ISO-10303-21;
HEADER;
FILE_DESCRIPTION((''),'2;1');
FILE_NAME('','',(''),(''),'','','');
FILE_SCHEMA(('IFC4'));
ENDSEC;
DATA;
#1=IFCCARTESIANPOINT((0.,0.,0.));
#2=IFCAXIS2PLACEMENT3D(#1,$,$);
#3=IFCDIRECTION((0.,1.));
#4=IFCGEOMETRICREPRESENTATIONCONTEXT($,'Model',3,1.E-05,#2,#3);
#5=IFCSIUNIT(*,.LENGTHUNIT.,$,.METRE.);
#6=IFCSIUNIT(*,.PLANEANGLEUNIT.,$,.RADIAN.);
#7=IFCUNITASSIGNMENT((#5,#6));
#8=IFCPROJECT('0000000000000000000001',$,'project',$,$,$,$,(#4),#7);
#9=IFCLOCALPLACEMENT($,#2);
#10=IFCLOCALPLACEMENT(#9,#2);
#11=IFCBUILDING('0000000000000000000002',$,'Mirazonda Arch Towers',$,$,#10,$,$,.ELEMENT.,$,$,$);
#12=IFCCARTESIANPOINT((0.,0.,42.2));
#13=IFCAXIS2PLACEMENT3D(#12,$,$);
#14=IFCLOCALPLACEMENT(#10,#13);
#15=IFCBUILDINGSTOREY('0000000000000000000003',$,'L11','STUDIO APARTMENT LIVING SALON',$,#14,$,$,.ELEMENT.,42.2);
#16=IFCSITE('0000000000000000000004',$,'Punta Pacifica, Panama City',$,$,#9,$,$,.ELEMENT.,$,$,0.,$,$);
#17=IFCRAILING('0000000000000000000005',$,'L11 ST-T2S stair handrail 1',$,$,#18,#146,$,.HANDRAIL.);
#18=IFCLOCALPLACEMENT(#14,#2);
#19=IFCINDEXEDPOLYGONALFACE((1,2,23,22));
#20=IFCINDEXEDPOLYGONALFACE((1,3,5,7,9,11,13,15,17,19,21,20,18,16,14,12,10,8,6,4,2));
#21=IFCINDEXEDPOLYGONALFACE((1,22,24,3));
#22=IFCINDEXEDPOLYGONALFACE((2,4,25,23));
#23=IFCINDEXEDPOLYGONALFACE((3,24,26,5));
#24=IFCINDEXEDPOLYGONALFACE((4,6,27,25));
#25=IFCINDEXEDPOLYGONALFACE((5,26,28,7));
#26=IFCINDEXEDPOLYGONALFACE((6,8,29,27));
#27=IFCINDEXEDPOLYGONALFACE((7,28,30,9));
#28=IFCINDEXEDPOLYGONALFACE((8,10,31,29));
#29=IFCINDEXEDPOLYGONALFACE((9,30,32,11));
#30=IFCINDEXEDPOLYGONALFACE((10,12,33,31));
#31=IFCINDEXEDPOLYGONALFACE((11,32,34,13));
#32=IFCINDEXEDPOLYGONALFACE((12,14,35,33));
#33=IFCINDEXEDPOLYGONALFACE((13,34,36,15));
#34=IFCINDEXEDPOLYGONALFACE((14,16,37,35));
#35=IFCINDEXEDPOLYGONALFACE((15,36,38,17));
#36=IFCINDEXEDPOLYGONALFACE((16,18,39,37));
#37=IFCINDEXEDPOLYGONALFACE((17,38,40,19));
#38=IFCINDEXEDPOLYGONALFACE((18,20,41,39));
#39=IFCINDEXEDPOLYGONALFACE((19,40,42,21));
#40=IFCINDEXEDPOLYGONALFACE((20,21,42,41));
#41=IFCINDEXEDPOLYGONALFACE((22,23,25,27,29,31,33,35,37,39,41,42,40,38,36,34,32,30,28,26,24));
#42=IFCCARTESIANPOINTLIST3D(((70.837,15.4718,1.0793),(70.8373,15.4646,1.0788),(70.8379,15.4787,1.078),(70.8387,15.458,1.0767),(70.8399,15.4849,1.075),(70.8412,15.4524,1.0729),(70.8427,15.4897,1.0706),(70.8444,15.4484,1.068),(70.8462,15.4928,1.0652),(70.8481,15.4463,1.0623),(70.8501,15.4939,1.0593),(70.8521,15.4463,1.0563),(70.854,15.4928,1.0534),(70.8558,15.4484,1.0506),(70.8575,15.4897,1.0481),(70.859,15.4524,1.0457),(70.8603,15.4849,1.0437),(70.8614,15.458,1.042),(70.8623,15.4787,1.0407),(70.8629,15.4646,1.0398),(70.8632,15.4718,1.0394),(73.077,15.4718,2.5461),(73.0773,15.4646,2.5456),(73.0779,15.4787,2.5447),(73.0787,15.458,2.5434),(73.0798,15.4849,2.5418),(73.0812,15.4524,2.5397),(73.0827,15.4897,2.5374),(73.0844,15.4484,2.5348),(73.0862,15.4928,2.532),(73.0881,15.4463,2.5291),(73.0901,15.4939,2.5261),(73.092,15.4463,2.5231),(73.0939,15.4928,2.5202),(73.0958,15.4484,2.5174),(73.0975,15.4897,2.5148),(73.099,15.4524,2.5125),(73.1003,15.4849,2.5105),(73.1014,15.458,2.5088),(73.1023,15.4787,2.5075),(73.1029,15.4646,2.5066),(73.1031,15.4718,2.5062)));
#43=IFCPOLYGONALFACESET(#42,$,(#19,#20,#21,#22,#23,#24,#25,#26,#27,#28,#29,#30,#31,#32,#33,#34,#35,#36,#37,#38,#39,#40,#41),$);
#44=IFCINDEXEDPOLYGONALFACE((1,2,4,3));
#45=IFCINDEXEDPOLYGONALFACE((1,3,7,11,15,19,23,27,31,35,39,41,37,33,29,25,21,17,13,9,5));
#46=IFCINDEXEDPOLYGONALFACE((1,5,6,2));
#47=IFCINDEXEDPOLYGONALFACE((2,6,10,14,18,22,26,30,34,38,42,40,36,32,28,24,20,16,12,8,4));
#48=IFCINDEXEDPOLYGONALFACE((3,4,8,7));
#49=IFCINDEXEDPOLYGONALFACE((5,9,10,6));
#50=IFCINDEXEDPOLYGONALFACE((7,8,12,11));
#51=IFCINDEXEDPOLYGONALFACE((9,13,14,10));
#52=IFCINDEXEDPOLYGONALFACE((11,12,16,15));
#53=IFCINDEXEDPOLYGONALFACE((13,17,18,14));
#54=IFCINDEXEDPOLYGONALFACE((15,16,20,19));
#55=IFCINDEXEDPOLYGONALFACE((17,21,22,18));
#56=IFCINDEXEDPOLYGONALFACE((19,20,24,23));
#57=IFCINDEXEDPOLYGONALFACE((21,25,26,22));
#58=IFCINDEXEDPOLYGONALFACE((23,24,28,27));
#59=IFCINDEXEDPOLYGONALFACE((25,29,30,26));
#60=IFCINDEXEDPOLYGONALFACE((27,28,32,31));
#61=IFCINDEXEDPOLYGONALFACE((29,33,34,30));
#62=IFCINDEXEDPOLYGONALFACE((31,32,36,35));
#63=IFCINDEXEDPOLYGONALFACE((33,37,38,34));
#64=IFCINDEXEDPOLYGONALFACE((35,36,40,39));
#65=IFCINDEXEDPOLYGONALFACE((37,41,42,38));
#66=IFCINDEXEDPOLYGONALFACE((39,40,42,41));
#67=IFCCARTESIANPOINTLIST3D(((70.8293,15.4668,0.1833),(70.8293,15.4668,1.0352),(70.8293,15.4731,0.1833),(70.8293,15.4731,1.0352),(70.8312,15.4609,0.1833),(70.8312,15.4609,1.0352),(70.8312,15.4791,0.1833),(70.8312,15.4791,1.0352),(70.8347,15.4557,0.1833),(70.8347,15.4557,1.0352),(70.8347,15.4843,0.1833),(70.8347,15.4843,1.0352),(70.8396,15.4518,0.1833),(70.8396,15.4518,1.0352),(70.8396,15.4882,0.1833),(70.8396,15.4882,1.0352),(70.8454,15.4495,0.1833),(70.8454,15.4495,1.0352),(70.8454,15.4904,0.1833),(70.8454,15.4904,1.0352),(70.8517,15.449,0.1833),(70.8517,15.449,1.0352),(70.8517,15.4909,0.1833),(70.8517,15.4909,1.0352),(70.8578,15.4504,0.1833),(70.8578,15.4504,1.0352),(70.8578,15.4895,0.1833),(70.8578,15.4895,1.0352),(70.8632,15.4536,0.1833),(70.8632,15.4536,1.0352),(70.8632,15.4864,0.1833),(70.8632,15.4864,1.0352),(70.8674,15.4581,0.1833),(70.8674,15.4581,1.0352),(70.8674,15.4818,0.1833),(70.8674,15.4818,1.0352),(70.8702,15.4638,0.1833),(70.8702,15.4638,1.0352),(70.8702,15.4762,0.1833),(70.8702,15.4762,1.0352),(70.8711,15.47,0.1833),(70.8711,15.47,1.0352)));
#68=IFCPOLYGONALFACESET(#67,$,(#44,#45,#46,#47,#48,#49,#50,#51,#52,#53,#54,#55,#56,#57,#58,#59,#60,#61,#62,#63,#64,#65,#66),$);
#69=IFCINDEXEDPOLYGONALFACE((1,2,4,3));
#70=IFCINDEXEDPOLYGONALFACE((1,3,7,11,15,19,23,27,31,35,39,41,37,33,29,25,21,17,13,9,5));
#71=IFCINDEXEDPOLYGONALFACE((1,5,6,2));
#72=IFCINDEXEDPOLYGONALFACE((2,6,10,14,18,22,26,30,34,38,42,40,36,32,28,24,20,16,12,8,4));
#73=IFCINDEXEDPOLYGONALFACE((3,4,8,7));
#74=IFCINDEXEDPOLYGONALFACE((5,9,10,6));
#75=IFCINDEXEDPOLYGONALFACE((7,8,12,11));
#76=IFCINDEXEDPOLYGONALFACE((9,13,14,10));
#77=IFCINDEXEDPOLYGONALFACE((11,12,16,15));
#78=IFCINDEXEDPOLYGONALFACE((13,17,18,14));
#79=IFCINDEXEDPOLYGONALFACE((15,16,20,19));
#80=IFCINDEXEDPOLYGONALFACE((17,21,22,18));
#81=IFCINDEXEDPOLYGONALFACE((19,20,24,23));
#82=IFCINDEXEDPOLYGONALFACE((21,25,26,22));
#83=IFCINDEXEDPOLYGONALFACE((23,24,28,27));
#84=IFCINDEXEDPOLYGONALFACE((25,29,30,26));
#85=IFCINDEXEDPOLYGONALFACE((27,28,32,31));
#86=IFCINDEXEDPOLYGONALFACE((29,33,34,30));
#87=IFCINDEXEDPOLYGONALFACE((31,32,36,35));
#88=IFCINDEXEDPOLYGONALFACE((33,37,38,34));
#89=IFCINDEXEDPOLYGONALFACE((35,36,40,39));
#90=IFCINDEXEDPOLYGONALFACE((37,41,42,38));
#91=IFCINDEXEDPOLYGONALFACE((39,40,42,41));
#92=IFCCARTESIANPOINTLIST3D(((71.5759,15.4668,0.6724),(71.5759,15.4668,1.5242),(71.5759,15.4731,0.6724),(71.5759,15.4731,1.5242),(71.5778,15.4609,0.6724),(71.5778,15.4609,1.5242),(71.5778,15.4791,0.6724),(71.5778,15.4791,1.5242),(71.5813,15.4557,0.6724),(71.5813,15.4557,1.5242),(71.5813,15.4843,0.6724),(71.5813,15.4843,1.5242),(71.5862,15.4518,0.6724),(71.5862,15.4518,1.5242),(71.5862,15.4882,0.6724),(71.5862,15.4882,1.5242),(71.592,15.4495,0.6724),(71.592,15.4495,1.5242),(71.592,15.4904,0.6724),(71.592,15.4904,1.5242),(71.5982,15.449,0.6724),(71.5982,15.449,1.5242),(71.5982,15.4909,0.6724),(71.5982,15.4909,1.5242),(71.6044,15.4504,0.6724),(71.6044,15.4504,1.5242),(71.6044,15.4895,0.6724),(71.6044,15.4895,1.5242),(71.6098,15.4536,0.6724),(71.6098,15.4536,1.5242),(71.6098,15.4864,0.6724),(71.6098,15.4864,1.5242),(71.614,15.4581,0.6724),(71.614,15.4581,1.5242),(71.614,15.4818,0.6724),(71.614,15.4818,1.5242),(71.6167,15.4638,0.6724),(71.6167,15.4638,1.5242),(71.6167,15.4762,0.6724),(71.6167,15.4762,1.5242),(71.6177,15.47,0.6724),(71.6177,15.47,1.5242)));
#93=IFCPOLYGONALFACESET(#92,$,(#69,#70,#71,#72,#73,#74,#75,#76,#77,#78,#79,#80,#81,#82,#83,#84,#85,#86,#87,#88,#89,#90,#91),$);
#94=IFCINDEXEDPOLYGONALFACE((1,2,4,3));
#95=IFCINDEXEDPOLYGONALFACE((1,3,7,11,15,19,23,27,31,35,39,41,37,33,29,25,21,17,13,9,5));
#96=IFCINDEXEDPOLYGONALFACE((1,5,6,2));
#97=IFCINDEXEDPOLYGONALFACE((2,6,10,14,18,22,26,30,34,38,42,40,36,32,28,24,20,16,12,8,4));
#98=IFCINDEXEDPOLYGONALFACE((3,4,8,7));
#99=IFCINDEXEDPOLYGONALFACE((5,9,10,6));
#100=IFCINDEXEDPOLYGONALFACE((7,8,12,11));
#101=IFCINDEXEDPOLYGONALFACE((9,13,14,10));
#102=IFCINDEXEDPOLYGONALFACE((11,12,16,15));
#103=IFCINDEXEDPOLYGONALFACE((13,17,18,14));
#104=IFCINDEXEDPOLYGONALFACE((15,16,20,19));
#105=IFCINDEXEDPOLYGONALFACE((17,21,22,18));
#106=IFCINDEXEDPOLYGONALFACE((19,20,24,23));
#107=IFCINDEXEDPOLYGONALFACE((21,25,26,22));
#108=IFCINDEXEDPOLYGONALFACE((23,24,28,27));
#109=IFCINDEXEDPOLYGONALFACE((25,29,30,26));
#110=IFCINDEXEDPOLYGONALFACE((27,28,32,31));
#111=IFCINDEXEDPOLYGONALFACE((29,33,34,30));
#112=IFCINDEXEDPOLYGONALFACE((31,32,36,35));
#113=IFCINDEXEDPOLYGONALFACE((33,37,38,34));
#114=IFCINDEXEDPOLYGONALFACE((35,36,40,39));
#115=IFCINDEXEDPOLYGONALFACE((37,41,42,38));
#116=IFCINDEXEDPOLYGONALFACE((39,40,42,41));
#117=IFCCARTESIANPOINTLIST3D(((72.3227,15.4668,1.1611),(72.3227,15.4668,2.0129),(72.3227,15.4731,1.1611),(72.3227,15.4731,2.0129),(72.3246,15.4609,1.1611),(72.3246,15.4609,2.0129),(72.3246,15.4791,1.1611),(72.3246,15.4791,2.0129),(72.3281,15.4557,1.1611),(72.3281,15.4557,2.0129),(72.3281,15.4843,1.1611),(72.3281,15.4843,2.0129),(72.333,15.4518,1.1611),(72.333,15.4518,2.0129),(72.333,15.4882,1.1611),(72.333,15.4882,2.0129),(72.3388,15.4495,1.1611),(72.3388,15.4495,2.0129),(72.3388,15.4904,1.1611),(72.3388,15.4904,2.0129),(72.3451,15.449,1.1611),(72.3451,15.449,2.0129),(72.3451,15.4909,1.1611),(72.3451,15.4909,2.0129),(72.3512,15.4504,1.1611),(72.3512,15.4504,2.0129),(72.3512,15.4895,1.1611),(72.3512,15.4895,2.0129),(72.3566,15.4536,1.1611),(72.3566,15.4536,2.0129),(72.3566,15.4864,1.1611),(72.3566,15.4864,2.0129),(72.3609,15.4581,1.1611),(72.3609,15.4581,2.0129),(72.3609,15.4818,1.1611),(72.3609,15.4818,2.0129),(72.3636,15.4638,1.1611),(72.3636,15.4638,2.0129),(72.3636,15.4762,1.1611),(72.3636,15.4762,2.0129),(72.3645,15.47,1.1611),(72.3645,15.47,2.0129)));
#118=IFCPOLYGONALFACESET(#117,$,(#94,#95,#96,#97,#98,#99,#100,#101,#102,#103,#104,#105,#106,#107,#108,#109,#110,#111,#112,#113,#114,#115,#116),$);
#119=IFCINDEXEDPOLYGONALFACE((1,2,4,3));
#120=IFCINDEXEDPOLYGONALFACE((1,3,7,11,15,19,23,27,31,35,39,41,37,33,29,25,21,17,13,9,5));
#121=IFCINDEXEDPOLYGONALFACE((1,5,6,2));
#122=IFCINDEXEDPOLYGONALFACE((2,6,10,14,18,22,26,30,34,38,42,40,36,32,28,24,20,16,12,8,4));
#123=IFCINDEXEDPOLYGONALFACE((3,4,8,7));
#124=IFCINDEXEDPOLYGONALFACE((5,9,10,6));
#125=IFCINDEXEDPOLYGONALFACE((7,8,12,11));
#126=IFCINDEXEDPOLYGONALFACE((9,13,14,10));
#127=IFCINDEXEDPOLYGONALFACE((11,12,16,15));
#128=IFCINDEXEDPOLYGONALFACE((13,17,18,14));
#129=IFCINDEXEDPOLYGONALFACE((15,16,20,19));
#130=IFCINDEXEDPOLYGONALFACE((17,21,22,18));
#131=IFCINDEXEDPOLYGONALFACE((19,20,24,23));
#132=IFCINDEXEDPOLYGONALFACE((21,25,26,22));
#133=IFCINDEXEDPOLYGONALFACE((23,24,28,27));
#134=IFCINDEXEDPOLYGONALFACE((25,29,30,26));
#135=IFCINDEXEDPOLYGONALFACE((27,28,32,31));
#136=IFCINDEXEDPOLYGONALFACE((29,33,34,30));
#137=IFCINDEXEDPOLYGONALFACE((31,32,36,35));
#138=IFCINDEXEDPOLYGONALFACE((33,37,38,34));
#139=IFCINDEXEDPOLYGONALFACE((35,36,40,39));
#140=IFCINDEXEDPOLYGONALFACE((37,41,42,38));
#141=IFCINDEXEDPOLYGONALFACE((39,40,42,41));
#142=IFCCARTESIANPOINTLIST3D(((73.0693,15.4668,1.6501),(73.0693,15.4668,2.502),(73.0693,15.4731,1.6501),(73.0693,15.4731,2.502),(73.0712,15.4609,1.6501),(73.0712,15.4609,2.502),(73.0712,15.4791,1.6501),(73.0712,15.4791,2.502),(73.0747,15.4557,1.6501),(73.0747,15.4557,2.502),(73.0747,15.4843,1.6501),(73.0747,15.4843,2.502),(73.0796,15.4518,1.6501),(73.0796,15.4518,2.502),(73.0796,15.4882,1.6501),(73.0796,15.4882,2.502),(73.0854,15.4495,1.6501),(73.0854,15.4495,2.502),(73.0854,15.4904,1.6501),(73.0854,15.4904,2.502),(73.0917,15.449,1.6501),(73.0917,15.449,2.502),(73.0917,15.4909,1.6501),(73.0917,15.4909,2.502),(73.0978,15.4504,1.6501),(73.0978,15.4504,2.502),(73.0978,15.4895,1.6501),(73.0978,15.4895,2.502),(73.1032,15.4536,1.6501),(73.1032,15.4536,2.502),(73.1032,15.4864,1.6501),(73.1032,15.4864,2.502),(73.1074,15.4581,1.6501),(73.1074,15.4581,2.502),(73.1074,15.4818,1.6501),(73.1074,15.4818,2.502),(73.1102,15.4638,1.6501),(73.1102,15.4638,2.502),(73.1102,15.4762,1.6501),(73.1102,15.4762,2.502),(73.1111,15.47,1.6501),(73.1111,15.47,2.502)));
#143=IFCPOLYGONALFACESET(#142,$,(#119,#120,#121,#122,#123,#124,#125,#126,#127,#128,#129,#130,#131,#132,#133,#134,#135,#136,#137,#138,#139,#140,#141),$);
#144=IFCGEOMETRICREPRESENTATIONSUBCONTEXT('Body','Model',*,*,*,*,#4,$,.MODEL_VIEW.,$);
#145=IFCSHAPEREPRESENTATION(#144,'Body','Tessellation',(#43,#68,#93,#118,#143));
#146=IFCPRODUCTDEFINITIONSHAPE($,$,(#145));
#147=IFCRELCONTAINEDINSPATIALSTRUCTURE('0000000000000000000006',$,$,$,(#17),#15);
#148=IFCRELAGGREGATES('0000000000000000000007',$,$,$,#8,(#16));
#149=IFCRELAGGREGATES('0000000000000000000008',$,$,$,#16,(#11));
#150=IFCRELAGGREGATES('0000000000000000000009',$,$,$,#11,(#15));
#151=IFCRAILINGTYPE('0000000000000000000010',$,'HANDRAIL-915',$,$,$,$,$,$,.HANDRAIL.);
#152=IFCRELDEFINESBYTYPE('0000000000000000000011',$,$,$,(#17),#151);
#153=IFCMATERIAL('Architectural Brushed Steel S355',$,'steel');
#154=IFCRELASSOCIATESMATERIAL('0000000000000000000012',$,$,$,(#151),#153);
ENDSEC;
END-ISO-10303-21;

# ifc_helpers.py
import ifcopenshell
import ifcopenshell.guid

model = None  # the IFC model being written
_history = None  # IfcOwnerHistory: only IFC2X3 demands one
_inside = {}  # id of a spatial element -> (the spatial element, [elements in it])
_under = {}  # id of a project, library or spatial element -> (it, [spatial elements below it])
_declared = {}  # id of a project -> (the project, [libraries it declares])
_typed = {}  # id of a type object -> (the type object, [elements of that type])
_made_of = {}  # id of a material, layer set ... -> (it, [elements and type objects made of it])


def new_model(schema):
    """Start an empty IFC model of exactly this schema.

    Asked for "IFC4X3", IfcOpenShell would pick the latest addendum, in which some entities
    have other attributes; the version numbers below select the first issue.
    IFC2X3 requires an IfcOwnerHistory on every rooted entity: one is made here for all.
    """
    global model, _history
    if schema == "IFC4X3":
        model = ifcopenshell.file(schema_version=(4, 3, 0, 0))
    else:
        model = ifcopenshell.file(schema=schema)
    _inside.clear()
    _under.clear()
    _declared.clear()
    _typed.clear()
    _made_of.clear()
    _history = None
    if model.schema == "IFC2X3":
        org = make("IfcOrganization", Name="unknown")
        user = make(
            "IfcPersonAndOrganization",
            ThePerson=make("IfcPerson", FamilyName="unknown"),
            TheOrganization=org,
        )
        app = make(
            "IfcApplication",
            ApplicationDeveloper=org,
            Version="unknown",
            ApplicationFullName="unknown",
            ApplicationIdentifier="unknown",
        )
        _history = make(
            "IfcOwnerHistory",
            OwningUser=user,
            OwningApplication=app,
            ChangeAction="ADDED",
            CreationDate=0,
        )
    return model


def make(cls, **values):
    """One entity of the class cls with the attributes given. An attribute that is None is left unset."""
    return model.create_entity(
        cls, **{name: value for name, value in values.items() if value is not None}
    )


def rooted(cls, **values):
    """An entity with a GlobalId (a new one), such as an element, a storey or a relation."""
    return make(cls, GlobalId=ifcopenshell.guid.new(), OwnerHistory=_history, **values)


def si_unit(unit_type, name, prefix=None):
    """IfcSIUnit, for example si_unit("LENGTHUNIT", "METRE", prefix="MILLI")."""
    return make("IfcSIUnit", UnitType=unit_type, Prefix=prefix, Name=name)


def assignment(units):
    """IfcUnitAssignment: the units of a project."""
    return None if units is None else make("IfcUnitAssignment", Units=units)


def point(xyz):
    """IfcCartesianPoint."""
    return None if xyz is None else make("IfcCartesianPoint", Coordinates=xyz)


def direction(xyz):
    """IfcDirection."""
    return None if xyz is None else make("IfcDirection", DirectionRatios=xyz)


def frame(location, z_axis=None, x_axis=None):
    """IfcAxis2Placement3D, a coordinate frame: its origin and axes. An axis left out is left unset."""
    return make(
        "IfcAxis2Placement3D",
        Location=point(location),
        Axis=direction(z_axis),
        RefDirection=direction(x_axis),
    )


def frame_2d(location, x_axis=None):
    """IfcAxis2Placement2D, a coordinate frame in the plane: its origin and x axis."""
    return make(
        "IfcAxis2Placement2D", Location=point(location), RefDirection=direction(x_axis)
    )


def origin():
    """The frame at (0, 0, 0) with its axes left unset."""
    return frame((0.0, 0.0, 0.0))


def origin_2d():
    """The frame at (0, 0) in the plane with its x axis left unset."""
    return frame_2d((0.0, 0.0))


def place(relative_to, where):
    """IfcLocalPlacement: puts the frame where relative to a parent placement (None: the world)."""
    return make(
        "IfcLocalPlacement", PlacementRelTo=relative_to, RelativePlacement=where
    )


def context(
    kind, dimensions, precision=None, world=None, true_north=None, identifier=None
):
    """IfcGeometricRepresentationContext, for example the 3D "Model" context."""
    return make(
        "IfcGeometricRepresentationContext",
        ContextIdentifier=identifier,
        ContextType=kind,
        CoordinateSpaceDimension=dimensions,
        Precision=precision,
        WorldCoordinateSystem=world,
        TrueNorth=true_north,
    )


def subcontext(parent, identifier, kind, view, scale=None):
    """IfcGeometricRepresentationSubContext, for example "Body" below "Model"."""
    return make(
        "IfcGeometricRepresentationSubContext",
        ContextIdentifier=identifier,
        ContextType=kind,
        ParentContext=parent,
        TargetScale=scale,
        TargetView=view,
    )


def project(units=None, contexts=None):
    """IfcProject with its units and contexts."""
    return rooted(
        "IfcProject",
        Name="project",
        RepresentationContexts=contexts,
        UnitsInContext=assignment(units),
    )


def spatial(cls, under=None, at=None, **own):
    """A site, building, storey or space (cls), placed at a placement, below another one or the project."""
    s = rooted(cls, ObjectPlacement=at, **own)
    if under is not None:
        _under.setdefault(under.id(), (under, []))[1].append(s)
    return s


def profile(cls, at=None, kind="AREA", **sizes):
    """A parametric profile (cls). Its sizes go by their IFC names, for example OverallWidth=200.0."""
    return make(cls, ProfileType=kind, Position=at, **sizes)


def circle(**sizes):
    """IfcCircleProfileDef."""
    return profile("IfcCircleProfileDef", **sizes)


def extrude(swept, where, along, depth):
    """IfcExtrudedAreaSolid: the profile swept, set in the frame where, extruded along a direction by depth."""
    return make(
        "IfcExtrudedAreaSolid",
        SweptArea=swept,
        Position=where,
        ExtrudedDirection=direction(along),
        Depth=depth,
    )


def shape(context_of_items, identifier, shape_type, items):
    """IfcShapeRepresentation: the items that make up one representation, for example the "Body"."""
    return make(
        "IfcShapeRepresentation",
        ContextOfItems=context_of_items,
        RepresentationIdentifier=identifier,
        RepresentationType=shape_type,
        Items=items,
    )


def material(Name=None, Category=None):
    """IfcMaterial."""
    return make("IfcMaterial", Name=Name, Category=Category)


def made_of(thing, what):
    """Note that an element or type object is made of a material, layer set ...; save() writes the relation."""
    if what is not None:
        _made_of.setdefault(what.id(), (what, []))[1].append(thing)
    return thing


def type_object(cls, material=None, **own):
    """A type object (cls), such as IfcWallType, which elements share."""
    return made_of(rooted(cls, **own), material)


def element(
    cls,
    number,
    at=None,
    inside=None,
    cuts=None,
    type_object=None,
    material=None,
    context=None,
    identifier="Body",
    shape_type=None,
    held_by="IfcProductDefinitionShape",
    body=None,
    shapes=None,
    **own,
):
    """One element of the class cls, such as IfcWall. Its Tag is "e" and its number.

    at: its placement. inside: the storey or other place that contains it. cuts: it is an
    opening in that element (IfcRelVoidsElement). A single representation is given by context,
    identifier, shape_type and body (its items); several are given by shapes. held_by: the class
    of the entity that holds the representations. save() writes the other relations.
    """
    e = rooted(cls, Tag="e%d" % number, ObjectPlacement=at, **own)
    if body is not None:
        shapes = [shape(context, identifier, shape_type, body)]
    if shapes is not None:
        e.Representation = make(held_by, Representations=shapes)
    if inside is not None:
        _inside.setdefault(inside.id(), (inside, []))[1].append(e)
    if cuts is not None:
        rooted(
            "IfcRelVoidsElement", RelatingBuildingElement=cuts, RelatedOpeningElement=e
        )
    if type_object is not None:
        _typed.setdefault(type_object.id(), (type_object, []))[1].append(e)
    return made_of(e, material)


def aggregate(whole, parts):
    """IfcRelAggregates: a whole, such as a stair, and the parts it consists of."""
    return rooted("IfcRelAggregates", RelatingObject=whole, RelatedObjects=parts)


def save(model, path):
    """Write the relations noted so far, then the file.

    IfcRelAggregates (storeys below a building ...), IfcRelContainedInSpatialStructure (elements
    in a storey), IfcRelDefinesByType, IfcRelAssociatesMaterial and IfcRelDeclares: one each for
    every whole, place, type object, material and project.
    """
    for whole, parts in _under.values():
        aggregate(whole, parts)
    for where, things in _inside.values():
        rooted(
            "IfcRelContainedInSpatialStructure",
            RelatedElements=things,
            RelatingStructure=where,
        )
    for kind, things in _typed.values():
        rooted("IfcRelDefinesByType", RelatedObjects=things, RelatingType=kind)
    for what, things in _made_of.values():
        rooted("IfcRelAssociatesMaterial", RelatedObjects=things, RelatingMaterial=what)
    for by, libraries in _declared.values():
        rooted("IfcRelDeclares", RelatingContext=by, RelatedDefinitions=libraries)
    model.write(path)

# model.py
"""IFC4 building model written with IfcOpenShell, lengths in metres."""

from ifc_helpers import new_model, si_unit, direction, frame, origin, origin_2d, place, context, subcontext, project, spatial, circle, extrude, material, type_object, element, save


model = new_model("IFC4")

# Units and contexts
model_context = context("Model", 3, precision=1e-05, world=origin(), true_north=direction((0.0, 1.0)))
body_context = subcontext(model_context, "Body", "Model", "MODEL_VIEW")
ifc_project = project(units=[si_unit("LENGTHUNIT", "METRE"), si_unit("PLANEANGLEUNIT", "RADIAN")], contexts=[model_context])

# Site, building, storey
site_placement = place(None, origin())
site = spatial("IfcSite", under=ifc_project, at=site_placement, Name="Punta Pacifica, Panama City", CompositionType="ELEMENT", RefElevation=0.0)
building_placement = place(site_placement, origin())
building = spatial("IfcBuilding", under=site, at=building_placement, Name="Mirazonda Arch Towers", CompositionType="ELEMENT")
storey_placement = place(building_placement, frame((0.0, 0.0, 42.2)))
storey = spatial("IfcBuildingStorey", under=building, at=storey_placement, Name="L11", Description="STUDIO APARTMENT LIVING SALON", CompositionType="ELEMENT", Elevation=42.2)

# Shared definitions
ifc_material_1 = material(Name="Architectural Brushed Steel S355", Category="steel")

# Railing
railing_type_1 = type_object("IfcRailingType", Name="HANDRAIL-915", PredefinedType="HANDRAIL", material=ifc_material_1)
railing_1_placement = place(storey_placement, frame((70.8501, 15.47, 0.1833)))
element("IfcRailing", 1, at=railing_1_placement, inside=storey, type_object=railing_type_1, Name="L11 ST-T2S stair handrail 1", PredefinedType="HANDRAIL", context=body_context, shape_type="SweptSolid", body=[
    extrude(circle(Radius=0.0239, at=origin_2d()), frame((0.0, 0.0, 0.876), z_axis=(0.836595, 0.0, 0.547822), x_axis=(0.0, 1.0, 0.0)), (0.0, 0.0, 1.0), 2.6775),
    extrude(circle(Radius=0.021, at=origin_2d()), origin(), (0.0, 0.0, 1.0), 0.8518),
    extrude(circle(Radius=0.021, at=origin_2d()), frame((0.7466, 0.0, 0.489)), (0.0, 0.0, 1.0), 0.8518),
    extrude(circle(Radius=0.021, at=origin_2d()), frame((1.4934, 0.0, 0.9778)), (0.0, 0.0, 1.0), 0.8518),
    extrude(circle(Radius=0.021, at=origin_2d()), frame((2.24, 0.0, 1.4668)), (0.0, 0.0, 1.0), 0.8518),
])

save(model, "model.ifc")
